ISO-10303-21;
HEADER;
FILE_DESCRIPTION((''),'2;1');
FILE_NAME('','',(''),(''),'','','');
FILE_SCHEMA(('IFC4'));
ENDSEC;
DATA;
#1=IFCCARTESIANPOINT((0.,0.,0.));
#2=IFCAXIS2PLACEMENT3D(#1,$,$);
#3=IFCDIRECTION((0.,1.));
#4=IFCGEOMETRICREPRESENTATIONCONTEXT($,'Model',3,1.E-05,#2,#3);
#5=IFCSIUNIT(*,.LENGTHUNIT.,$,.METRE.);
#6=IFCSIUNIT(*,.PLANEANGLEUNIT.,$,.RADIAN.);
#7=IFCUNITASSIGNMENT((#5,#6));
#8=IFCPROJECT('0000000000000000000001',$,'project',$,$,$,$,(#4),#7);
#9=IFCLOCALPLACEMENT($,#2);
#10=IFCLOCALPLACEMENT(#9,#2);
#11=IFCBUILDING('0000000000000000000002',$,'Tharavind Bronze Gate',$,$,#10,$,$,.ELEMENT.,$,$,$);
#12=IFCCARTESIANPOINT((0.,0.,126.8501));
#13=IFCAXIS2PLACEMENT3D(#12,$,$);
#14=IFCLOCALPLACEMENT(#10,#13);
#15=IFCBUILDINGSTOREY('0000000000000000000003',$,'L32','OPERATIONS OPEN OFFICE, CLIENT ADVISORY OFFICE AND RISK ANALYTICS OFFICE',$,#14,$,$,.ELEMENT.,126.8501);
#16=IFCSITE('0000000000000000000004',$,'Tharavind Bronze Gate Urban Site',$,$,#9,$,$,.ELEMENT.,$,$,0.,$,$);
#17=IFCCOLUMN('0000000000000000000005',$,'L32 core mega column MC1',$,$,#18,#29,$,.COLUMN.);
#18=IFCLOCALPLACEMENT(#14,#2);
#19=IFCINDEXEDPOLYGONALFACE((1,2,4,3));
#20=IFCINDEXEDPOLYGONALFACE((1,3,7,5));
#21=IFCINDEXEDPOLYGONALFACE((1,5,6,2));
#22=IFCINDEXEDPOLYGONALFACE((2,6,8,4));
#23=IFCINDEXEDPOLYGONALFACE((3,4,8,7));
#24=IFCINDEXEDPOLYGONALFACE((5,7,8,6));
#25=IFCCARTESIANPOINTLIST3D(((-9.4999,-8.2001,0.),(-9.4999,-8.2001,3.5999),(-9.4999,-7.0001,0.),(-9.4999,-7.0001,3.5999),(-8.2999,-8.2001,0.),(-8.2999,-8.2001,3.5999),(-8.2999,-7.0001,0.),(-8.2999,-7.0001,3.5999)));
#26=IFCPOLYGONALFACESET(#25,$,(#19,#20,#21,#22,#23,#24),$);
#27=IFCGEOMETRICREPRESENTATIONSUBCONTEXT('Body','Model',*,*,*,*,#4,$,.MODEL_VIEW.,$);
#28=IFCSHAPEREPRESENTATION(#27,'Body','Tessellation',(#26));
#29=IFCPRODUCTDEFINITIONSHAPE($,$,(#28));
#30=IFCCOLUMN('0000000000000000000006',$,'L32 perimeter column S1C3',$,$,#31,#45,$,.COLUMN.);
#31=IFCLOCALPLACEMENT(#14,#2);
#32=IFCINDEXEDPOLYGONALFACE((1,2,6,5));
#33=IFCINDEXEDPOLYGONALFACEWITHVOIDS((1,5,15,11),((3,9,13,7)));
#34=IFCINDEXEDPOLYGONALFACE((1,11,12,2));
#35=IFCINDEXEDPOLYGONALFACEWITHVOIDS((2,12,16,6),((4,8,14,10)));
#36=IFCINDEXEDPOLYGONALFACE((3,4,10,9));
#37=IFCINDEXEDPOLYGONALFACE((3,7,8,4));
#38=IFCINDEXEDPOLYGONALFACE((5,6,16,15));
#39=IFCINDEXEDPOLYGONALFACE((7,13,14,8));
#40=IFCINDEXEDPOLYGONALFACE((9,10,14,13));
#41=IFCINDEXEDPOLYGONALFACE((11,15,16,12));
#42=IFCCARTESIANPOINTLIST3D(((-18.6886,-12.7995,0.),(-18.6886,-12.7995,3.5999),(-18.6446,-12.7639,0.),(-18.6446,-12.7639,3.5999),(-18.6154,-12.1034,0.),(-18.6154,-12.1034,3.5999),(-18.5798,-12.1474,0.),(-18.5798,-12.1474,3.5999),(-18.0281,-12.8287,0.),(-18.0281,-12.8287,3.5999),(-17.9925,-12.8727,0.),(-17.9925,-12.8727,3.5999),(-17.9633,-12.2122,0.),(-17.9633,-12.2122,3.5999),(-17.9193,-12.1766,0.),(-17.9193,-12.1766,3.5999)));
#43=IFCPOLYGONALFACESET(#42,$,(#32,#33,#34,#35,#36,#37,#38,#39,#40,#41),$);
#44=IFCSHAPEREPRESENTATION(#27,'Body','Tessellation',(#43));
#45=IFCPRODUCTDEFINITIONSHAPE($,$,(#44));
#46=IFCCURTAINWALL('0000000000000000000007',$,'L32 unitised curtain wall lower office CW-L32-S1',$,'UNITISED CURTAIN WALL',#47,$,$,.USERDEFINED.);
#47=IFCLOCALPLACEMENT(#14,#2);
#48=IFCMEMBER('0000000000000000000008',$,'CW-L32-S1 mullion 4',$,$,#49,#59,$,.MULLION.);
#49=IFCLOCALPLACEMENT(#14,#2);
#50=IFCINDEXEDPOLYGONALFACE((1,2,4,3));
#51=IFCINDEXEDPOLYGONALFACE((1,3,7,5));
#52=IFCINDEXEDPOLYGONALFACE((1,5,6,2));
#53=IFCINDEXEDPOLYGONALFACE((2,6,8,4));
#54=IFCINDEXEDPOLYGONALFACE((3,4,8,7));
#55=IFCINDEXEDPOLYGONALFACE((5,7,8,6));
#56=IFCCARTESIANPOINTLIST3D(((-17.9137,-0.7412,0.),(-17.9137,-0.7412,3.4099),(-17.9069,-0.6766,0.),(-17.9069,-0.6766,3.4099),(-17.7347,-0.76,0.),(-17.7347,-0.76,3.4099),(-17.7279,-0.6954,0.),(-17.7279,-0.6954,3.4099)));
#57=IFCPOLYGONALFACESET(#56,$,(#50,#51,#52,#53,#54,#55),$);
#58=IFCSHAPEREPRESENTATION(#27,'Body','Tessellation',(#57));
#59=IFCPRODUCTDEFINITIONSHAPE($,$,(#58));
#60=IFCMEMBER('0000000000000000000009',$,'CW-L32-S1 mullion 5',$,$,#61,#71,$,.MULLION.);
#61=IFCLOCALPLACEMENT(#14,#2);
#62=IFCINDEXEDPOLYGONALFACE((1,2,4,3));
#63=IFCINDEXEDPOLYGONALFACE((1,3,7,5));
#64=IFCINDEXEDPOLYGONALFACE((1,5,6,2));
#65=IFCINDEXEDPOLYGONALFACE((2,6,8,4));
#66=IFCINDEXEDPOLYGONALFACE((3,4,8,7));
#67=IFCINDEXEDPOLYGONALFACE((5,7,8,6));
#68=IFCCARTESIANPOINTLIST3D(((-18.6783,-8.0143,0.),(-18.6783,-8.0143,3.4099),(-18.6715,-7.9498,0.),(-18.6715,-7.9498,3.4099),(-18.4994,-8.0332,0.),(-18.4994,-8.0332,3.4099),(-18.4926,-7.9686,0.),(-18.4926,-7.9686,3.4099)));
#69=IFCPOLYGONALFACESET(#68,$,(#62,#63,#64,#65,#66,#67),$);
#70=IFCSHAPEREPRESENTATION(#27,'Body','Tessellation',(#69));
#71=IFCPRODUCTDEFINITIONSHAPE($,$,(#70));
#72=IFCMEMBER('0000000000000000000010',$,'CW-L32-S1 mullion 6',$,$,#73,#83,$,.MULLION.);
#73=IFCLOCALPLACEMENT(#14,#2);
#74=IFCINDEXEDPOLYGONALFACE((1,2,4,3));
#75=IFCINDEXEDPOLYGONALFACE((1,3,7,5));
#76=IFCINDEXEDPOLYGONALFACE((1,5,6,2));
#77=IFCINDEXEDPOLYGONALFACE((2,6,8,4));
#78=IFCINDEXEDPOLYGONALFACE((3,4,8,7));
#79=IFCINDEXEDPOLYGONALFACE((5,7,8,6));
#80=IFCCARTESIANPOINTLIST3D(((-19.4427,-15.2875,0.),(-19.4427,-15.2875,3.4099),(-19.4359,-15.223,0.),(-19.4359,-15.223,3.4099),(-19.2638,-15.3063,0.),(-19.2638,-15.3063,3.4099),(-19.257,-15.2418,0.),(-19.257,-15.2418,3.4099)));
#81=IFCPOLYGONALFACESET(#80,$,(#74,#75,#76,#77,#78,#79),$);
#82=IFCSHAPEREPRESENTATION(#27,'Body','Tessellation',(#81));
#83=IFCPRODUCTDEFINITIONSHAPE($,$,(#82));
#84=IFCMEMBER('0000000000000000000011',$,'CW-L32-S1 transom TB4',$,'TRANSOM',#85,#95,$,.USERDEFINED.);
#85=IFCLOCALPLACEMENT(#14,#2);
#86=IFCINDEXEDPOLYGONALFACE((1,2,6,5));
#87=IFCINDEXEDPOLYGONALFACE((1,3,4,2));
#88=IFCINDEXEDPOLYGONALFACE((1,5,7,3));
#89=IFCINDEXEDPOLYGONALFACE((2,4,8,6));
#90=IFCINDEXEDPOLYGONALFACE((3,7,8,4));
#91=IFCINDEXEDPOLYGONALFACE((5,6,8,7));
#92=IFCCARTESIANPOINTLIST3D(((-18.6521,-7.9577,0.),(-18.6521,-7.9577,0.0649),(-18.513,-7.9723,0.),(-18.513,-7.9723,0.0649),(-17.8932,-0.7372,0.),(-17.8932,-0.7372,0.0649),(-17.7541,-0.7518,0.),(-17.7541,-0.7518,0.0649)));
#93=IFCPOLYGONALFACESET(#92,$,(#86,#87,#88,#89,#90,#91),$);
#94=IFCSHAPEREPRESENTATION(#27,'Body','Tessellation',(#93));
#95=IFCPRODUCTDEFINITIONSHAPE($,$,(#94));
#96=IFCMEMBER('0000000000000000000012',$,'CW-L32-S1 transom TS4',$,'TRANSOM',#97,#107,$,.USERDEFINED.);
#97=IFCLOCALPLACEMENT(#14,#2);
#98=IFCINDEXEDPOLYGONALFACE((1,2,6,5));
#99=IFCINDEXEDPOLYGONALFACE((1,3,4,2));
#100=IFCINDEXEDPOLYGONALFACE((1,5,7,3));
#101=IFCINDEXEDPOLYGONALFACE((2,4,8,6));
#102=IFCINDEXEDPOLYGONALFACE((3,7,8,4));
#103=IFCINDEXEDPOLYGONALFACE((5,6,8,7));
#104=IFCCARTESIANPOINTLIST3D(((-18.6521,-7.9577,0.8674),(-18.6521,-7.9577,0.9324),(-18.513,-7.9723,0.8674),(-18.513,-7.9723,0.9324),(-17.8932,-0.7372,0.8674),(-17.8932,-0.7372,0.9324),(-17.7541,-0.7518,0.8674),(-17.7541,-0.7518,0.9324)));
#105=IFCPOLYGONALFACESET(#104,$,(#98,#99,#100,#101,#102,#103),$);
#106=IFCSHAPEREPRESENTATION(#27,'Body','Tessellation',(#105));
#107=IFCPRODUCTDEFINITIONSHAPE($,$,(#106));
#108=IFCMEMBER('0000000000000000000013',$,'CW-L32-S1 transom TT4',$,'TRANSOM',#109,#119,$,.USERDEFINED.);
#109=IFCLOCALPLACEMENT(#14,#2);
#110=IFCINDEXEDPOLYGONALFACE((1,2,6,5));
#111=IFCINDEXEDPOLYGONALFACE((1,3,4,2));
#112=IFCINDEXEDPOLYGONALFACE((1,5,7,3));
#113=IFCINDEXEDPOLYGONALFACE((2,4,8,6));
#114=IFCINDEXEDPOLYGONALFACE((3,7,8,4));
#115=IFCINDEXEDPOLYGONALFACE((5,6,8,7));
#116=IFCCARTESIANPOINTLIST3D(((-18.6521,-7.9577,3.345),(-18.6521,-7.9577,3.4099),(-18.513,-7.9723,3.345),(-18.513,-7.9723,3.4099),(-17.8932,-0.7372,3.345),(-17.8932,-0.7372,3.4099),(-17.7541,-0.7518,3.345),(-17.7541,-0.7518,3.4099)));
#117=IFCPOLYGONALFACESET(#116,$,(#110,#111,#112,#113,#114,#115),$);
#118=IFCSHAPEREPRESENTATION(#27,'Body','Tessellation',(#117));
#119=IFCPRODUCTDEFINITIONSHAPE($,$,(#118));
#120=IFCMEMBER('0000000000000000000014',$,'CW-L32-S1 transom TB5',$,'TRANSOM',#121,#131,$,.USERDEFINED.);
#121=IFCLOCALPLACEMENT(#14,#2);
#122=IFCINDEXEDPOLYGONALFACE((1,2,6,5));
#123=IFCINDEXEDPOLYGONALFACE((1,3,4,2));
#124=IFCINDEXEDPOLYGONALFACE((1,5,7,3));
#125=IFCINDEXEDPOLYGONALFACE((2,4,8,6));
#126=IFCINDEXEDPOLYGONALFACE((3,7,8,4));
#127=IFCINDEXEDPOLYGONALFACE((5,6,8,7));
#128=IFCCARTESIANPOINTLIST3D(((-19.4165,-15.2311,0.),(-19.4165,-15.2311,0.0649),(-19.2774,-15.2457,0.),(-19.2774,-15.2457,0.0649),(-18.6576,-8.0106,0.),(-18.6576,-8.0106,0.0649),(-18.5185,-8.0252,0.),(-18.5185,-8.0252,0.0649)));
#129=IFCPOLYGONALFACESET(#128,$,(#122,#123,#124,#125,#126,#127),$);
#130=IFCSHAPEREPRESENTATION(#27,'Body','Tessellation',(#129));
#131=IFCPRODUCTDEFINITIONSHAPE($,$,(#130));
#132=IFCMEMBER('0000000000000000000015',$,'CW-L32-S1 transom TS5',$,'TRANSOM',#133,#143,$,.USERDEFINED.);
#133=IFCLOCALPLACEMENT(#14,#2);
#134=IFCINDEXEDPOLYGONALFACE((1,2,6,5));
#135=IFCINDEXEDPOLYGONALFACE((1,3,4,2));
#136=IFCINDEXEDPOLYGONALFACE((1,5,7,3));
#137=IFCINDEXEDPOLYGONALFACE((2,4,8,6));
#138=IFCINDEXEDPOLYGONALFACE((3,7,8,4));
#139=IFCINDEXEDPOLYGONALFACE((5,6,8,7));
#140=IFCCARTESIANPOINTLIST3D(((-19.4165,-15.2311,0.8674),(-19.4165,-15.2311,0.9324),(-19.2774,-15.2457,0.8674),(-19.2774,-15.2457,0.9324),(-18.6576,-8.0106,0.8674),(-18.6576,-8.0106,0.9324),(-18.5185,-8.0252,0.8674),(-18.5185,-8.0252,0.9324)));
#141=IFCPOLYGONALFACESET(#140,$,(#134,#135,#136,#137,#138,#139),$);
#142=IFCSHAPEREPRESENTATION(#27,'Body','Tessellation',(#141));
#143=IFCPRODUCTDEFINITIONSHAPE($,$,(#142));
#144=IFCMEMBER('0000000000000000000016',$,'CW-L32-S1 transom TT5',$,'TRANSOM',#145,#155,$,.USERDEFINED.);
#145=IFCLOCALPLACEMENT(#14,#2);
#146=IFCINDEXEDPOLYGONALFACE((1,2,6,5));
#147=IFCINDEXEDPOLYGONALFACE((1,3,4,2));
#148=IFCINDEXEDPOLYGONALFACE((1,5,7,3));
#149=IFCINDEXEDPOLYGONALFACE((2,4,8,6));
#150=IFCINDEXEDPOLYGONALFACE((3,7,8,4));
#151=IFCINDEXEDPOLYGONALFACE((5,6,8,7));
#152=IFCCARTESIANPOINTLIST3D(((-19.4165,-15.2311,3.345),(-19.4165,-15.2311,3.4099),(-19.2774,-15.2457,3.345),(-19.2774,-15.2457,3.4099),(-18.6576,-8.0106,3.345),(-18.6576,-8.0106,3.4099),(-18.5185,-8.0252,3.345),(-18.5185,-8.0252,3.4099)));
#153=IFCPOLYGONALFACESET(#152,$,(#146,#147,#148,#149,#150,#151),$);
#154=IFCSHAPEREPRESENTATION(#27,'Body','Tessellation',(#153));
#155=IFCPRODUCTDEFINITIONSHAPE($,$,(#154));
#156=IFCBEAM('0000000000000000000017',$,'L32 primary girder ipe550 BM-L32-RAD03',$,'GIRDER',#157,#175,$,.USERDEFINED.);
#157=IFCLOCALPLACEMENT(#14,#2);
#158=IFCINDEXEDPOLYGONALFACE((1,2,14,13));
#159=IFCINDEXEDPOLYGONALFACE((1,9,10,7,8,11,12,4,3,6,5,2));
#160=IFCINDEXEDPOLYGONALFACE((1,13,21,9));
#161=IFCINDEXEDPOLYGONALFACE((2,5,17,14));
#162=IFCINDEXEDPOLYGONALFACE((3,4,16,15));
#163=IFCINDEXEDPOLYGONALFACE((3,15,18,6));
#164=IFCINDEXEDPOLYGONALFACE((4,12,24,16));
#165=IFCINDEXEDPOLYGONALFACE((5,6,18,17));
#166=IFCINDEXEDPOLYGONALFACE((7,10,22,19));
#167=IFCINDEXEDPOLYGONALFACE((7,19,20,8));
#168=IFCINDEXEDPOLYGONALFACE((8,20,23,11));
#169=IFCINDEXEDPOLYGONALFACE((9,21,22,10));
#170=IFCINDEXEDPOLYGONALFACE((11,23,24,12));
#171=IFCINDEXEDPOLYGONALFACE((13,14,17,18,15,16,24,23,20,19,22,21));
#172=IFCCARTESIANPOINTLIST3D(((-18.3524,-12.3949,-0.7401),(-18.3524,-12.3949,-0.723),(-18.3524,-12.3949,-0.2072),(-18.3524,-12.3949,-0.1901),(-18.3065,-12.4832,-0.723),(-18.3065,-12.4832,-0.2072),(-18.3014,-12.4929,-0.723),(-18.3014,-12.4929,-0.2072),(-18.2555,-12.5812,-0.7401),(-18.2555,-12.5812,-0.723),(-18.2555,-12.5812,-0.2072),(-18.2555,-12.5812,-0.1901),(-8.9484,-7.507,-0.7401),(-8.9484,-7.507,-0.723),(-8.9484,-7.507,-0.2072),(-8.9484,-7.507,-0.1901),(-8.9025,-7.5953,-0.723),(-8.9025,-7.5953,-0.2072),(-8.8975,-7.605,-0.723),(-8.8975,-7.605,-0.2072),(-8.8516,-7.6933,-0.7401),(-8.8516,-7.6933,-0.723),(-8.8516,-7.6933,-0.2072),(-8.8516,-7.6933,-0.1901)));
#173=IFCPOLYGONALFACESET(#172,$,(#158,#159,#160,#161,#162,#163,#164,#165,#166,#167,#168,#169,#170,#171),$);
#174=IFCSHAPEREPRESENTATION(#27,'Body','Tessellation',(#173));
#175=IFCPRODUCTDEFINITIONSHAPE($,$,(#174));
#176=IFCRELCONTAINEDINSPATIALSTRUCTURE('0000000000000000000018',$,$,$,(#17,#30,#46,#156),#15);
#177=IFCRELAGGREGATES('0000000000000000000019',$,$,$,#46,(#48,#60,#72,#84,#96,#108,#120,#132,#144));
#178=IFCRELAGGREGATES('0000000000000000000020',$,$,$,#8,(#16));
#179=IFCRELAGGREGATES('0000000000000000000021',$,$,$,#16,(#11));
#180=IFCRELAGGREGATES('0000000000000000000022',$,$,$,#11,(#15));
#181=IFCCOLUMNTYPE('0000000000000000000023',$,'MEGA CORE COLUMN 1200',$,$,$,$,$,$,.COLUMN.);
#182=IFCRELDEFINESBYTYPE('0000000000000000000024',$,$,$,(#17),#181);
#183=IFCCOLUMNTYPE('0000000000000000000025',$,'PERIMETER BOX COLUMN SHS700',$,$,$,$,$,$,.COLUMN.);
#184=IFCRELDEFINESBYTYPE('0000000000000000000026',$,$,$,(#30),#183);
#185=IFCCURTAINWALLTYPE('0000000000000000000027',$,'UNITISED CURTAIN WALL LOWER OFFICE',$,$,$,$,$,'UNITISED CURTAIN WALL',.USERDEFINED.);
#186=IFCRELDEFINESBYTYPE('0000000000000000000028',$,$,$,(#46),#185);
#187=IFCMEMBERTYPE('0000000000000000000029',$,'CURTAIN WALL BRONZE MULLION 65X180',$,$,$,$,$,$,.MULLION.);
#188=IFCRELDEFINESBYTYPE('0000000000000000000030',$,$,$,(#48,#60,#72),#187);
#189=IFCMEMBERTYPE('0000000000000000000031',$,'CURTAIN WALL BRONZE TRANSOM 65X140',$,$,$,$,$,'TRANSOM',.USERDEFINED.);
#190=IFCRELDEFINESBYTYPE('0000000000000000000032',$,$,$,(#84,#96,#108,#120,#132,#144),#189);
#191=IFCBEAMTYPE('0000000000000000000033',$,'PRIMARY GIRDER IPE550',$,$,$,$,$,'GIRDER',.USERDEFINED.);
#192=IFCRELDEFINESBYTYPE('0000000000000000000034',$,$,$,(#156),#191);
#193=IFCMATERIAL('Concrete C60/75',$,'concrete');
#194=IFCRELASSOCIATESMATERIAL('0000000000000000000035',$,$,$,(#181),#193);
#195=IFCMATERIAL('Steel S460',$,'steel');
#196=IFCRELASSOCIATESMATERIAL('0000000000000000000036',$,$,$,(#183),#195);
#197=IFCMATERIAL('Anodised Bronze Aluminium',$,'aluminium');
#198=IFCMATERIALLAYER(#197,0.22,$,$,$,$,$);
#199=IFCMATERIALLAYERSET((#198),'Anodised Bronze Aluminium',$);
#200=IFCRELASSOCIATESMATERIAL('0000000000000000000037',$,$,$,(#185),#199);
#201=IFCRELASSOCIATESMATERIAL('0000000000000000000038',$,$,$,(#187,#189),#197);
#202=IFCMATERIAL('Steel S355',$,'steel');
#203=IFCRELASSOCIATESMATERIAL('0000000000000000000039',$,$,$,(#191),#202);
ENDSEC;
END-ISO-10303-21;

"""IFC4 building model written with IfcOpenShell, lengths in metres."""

from ifc_helpers import new_model, si_unit, direction, frame, origin, origin_2d, place, context, subcontext, project, spatial, rectangle, hollow_rectangle, i_section, extrude, material, layer, layer_set, material_profile, profile_set, type_object, element, aggregate, save


model = new_model("IFC4")

# Units and contexts
model_context = context("Model", 3, precision=1e-05, world=origin(), true_north=direction((0.0, 1.0)))
body_context = subcontext(model_context, "Body", "Model", "MODEL_VIEW")
ifc_project = project(units=[si_unit("LENGTHUNIT", "METRE"), si_unit("PLANEANGLEUNIT", "RADIAN")], contexts=[model_context])

# Site, building, storey
site_placement = place(None, origin())
site = spatial("IfcSite", under=ifc_project, at=site_placement, Name="Tharavind Bronze Gate Urban Site", CompositionType="ELEMENT", RefElevation=0.0)
building_placement = place(site_placement, origin())
building = spatial("IfcBuilding", under=site, at=building_placement, Name="Tharavind Bronze Gate", CompositionType="ELEMENT")
storey_placement = place(building_placement, frame((0.0, 0.0, 126.8501)))
storey = spatial("IfcBuildingStorey", under=building, at=storey_placement, Name="L32", Description="OPERATIONS OPEN OFFICE, CLIENT ADVISORY OFFICE AND RISK ANALYTICS OFFICE", CompositionType="ELEMENT", Elevation=126.8501)

# Columns
ifc_material_1 = material(Name="Concrete C60/75", Category="concrete")
ifc_material_profile_1 = material_profile(ifc_material_1, rectangle(XDim=1.2, YDim=1.2, at=origin_2d()), Name="RCCOL1200")
ifc_profile_set_1 = profile_set([ifc_material_profile_1], Name="Concrete C60/75")
column_type_1 = type_object("IfcColumnType", Name="MEGA CORE COLUMN 1200", PredefinedType="COLUMN", material=ifc_profile_set_1)
column_1_placement = place(storey_placement, frame((-8.8999, -7.6001, 0.0), z_axis=(0.0, 0.0, 1.0), x_axis=(1.0, 0.0, 0.0)))
element("IfcColumn", 1, at=column_1_placement, inside=storey, type_object=column_type_1, Name="L32 core mega column MC1", PredefinedType="COLUMN", context=body_context, shape_type="SweptSolid", body=[
    extrude(rectangle(XDim=1.2, YDim=1.2, at=origin_2d()), origin(), (0.0, 0.0, 1.0), 3.5999),
])
ifc_material_2 = material(Name="Steel S460", Category="steel")
ifc_material_profile_2 = material_profile(ifc_material_2, hollow_rectangle(XDim=0.7, YDim=0.7, WallThickness=0.04, at=origin_2d()), Name="SHS700X40")
ifc_profile_set_2 = profile_set([ifc_material_profile_2], Name="Steel S460")
column_type_2 = type_object("IfcColumnType", Name="PERIMETER BOX COLUMN SHS700", PredefinedType="COLUMN", material=ifc_profile_set_2)
column_2_placement = place(storey_placement, frame((-18.304, -12.488, 0.0), z_axis=(0.0, 0.0, 1.0), x_axis=(0.10453, 0.994522, 0.0)))
element("IfcColumn", 2, at=column_2_placement, inside=storey, type_object=column_type_2, Name="L32 perimeter column S1C3", PredefinedType="COLUMN", context=body_context, shape_type="SweptSolid", body=[
    extrude(hollow_rectangle(XDim=0.7, YDim=0.7, WallThickness=0.04, at=origin_2d()), origin(), (0.0, 0.0, 1.0), 3.5999),
])

# Curtain wall, members
ifc_material_3 = material(Name="Anodised Bronze Aluminium", Category="aluminium")
ifc_layer_1 = layer(ifc_material_3, 0.22)
ifc_layer_set_1 = layer_set([ifc_layer_1], Name="Anodised Bronze Aluminium")
curtain_wall_type = type_object("IfcCurtainWallType", Name="UNITISED CURTAIN WALL LOWER OFFICE", ElementType="UNITISED CURTAIN WALL", PredefinedType="USERDEFINED", material=ifc_layer_set_1)
curtain_wall_placement = place(storey_placement, origin())
curtain_wall = element("IfcCurtainWall", 3, at=curtain_wall_placement, inside=storey, type_object=curtain_wall_type, Name="L32 unitised curtain wall lower office CW-L32-S1", ObjectType="UNITISED CURTAIN WALL", PredefinedType="USERDEFINED")
member_type_1 = type_object("IfcMemberType", Name="CURTAIN WALL BRONZE MULLION 65X180", PredefinedType="MULLION", material=ifc_material_3)
member_1_placement = place(storey_placement, frame((-17.8208, -0.7183, 0.0), z_axis=(0.0, 0.0, 1.0), x_axis=(-0.104527, -0.994522, 0.0)))
member_1 = element("IfcMember", 4, at=member_1_placement, type_object=member_type_1, Name="CW-L32-S1 mullion 4", PredefinedType="MULLION", context=body_context, shape_type="SweptSolid", body=[
    extrude(rectangle(XDim=0.0649, YDim=0.1799, at=origin_2d()), origin(), (0.0, 0.0, 1.0), 3.4099),
])
member_2_placement = place(storey_placement, frame((-18.5854, -7.9915, 0.0), z_axis=(0.0, 0.0, 1.0), x_axis=(-0.104527, -0.994522, 0.0)))
member_2 = element("IfcMember", 5, at=member_2_placement, type_object=member_type_1, Name="CW-L32-S1 mullion 5", PredefinedType="MULLION", context=body_context, shape_type="SweptSolid", body=[
    extrude(rectangle(XDim=0.0649, YDim=0.1799, at=origin_2d()), origin(), (0.0, 0.0, 1.0), 3.4099),
])
member_3_placement = place(storey_placement, frame((-19.3499, -15.2646, 0.0), z_axis=(0.0, 0.0, 1.0), x_axis=(-0.104527, -0.994522, 0.0)))
member_3 = element("IfcMember", 6, at=member_3_placement, type_object=member_type_1, Name="CW-L32-S1 mullion 6", PredefinedType="MULLION", context=body_context, shape_type="SweptSolid", body=[
    extrude(rectangle(XDim=0.0649, YDim=0.1799, at=origin_2d()), origin(), (0.0, 0.0, 1.0), 3.4099),
])
member_type_2 = type_object("IfcMemberType", Name="CURTAIN WALL BRONZE TRANSOM 65X140", ElementType="TRANSOM", PredefinedType="USERDEFINED", material=ifc_material_3)
member_4_placement = place(storey_placement, frame((-18.2031, -4.3547, 0.0), z_axis=(0.0, 0.0, 1.0), x_axis=(-0.104527, -0.994522, 0.0)))
member_4 = element("IfcMember", 7, at=member_4_placement, type_object=member_type_2, Name="CW-L32-S1 transom TB4", ObjectType="TRANSOM", PredefinedType="USERDEFINED", context=body_context, shape_type="SweptSolid", body=[
    extrude(rectangle(XDim=7.2603, YDim=0.1399, at=origin_2d()), origin(), (0.0, 0.0, 1.0), 0.0649),
])
member_5_placement = place(storey_placement, frame((-18.2031, -4.3547, 0.8674), z_axis=(0.0, 0.0, 1.0), x_axis=(-0.104527, -0.994522, 0.0)))
member_5 = element("IfcMember", 8, at=member_5_placement, type_object=member_type_2, Name="CW-L32-S1 transom TS4", ObjectType="TRANSOM", PredefinedType="USERDEFINED", context=body_context, shape_type="SweptSolid", body=[
    extrude(rectangle(XDim=7.2603, YDim=0.1399, at=origin_2d()), origin(), (0.0, 0.0, 1.0), 0.0649),
])
member_6_placement = place(storey_placement, frame((-18.2031, -4.3547, 3.345), z_axis=(0.0, 0.0, 1.0), x_axis=(-0.104527, -0.994522, 0.0)))
member_6 = element("IfcMember", 9, at=member_6_placement, type_object=member_type_2, Name="CW-L32-S1 transom TT4", ObjectType="TRANSOM", PredefinedType="USERDEFINED", context=body_context, shape_type="SweptSolid", body=[
    extrude(rectangle(XDim=7.2603, YDim=0.1399, at=origin_2d()), origin(), (0.0, 0.0, 1.0), 0.0649),
])
member_7_placement = place(storey_placement, frame((-18.9675, -11.6282, 0.0), z_axis=(0.0, 0.0, 1.0), x_axis=(-0.104527, -0.994522, 0.0)))
member_7 = element("IfcMember", 10, at=member_7_placement, type_object=member_type_2, Name="CW-L32-S1 transom TB5", ObjectType="TRANSOM", PredefinedType="USERDEFINED", context=body_context, shape_type="SweptSolid", body=[
    extrude(rectangle(XDim=7.2603, YDim=0.1399, at=origin_2d()), origin(), (0.0, 0.0, 1.0), 0.0649),
])
member_8_placement = place(storey_placement, frame((-18.9675, -11.6282, 0.8674), z_axis=(0.0, 0.0, 1.0), x_axis=(-0.104527, -0.994522, 0.0)))
member_8 = element("IfcMember", 11, at=member_8_placement, type_object=member_type_2, Name="CW-L32-S1 transom TS5", ObjectType="TRANSOM", PredefinedType="USERDEFINED", context=body_context, shape_type="SweptSolid", body=[
    extrude(rectangle(XDim=7.2603, YDim=0.1399, at=origin_2d()), origin(), (0.0, 0.0, 1.0), 0.0649),
])
member_9_placement = place(storey_placement, frame((-18.9675, -11.6282, 3.345), z_axis=(0.0, 0.0, 1.0), x_axis=(-0.104527, -0.994522, 0.0)))
member_9 = element("IfcMember", 12, at=member_9_placement, type_object=member_type_2, Name="CW-L32-S1 transom TT5", ObjectType="TRANSOM", PredefinedType="USERDEFINED", context=body_context, shape_type="SweptSolid", body=[
    extrude(rectangle(XDim=7.2603, YDim=0.1399, at=origin_2d()), origin(), (0.0, 0.0, 1.0), 0.0649),
])

# Beam
ifc_material_4 = material(Name="Steel S355", Category="steel")
ifc_material_profile_3 = material_profile(ifc_material_4, i_section(OverallWidth=0.21, OverallDepth=0.55, WebThickness=0.011, FlangeThickness=0.0171, at=origin_2d()), Name="IPE550")
ifc_profile_set_3 = profile_set([ifc_material_profile_3], Name="Steel S355")
beam_type_1 = type_object("IfcBeamType", Name="PRIMARY GIRDER IPE550", ElementType="GIRDER", PredefinedType="USERDEFINED", material=ifc_profile_set_3)
beam_1_placement = place(storey_placement, frame((-18.304, -12.488, -0.4651), z_axis=(0.887301, 0.461192, 0.0), x_axis=(-0.461192, 0.887301, 0.0)))
element("IfcBeam", 13, at=beam_1_placement, inside=storey, type_object=beam_type_1, Name="L32 primary girder ipe550 BM-L32-RAD03", ObjectType="GIRDER", PredefinedType="USERDEFINED", context=body_context, shape_type="SweptSolid", body=[
    extrude(i_section(OverallWidth=0.21, OverallDepth=0.55, WebThickness=0.011, FlangeThickness=0.0171, at=origin_2d()), origin(), (0.0, 0.0, 1.0), 10.5984),
])

aggregate(curtain_wall, [member_1, member_2, member_3, member_4, member_5, member_6, member_7, member_8, member_9])

save(model, "model.ifc")
